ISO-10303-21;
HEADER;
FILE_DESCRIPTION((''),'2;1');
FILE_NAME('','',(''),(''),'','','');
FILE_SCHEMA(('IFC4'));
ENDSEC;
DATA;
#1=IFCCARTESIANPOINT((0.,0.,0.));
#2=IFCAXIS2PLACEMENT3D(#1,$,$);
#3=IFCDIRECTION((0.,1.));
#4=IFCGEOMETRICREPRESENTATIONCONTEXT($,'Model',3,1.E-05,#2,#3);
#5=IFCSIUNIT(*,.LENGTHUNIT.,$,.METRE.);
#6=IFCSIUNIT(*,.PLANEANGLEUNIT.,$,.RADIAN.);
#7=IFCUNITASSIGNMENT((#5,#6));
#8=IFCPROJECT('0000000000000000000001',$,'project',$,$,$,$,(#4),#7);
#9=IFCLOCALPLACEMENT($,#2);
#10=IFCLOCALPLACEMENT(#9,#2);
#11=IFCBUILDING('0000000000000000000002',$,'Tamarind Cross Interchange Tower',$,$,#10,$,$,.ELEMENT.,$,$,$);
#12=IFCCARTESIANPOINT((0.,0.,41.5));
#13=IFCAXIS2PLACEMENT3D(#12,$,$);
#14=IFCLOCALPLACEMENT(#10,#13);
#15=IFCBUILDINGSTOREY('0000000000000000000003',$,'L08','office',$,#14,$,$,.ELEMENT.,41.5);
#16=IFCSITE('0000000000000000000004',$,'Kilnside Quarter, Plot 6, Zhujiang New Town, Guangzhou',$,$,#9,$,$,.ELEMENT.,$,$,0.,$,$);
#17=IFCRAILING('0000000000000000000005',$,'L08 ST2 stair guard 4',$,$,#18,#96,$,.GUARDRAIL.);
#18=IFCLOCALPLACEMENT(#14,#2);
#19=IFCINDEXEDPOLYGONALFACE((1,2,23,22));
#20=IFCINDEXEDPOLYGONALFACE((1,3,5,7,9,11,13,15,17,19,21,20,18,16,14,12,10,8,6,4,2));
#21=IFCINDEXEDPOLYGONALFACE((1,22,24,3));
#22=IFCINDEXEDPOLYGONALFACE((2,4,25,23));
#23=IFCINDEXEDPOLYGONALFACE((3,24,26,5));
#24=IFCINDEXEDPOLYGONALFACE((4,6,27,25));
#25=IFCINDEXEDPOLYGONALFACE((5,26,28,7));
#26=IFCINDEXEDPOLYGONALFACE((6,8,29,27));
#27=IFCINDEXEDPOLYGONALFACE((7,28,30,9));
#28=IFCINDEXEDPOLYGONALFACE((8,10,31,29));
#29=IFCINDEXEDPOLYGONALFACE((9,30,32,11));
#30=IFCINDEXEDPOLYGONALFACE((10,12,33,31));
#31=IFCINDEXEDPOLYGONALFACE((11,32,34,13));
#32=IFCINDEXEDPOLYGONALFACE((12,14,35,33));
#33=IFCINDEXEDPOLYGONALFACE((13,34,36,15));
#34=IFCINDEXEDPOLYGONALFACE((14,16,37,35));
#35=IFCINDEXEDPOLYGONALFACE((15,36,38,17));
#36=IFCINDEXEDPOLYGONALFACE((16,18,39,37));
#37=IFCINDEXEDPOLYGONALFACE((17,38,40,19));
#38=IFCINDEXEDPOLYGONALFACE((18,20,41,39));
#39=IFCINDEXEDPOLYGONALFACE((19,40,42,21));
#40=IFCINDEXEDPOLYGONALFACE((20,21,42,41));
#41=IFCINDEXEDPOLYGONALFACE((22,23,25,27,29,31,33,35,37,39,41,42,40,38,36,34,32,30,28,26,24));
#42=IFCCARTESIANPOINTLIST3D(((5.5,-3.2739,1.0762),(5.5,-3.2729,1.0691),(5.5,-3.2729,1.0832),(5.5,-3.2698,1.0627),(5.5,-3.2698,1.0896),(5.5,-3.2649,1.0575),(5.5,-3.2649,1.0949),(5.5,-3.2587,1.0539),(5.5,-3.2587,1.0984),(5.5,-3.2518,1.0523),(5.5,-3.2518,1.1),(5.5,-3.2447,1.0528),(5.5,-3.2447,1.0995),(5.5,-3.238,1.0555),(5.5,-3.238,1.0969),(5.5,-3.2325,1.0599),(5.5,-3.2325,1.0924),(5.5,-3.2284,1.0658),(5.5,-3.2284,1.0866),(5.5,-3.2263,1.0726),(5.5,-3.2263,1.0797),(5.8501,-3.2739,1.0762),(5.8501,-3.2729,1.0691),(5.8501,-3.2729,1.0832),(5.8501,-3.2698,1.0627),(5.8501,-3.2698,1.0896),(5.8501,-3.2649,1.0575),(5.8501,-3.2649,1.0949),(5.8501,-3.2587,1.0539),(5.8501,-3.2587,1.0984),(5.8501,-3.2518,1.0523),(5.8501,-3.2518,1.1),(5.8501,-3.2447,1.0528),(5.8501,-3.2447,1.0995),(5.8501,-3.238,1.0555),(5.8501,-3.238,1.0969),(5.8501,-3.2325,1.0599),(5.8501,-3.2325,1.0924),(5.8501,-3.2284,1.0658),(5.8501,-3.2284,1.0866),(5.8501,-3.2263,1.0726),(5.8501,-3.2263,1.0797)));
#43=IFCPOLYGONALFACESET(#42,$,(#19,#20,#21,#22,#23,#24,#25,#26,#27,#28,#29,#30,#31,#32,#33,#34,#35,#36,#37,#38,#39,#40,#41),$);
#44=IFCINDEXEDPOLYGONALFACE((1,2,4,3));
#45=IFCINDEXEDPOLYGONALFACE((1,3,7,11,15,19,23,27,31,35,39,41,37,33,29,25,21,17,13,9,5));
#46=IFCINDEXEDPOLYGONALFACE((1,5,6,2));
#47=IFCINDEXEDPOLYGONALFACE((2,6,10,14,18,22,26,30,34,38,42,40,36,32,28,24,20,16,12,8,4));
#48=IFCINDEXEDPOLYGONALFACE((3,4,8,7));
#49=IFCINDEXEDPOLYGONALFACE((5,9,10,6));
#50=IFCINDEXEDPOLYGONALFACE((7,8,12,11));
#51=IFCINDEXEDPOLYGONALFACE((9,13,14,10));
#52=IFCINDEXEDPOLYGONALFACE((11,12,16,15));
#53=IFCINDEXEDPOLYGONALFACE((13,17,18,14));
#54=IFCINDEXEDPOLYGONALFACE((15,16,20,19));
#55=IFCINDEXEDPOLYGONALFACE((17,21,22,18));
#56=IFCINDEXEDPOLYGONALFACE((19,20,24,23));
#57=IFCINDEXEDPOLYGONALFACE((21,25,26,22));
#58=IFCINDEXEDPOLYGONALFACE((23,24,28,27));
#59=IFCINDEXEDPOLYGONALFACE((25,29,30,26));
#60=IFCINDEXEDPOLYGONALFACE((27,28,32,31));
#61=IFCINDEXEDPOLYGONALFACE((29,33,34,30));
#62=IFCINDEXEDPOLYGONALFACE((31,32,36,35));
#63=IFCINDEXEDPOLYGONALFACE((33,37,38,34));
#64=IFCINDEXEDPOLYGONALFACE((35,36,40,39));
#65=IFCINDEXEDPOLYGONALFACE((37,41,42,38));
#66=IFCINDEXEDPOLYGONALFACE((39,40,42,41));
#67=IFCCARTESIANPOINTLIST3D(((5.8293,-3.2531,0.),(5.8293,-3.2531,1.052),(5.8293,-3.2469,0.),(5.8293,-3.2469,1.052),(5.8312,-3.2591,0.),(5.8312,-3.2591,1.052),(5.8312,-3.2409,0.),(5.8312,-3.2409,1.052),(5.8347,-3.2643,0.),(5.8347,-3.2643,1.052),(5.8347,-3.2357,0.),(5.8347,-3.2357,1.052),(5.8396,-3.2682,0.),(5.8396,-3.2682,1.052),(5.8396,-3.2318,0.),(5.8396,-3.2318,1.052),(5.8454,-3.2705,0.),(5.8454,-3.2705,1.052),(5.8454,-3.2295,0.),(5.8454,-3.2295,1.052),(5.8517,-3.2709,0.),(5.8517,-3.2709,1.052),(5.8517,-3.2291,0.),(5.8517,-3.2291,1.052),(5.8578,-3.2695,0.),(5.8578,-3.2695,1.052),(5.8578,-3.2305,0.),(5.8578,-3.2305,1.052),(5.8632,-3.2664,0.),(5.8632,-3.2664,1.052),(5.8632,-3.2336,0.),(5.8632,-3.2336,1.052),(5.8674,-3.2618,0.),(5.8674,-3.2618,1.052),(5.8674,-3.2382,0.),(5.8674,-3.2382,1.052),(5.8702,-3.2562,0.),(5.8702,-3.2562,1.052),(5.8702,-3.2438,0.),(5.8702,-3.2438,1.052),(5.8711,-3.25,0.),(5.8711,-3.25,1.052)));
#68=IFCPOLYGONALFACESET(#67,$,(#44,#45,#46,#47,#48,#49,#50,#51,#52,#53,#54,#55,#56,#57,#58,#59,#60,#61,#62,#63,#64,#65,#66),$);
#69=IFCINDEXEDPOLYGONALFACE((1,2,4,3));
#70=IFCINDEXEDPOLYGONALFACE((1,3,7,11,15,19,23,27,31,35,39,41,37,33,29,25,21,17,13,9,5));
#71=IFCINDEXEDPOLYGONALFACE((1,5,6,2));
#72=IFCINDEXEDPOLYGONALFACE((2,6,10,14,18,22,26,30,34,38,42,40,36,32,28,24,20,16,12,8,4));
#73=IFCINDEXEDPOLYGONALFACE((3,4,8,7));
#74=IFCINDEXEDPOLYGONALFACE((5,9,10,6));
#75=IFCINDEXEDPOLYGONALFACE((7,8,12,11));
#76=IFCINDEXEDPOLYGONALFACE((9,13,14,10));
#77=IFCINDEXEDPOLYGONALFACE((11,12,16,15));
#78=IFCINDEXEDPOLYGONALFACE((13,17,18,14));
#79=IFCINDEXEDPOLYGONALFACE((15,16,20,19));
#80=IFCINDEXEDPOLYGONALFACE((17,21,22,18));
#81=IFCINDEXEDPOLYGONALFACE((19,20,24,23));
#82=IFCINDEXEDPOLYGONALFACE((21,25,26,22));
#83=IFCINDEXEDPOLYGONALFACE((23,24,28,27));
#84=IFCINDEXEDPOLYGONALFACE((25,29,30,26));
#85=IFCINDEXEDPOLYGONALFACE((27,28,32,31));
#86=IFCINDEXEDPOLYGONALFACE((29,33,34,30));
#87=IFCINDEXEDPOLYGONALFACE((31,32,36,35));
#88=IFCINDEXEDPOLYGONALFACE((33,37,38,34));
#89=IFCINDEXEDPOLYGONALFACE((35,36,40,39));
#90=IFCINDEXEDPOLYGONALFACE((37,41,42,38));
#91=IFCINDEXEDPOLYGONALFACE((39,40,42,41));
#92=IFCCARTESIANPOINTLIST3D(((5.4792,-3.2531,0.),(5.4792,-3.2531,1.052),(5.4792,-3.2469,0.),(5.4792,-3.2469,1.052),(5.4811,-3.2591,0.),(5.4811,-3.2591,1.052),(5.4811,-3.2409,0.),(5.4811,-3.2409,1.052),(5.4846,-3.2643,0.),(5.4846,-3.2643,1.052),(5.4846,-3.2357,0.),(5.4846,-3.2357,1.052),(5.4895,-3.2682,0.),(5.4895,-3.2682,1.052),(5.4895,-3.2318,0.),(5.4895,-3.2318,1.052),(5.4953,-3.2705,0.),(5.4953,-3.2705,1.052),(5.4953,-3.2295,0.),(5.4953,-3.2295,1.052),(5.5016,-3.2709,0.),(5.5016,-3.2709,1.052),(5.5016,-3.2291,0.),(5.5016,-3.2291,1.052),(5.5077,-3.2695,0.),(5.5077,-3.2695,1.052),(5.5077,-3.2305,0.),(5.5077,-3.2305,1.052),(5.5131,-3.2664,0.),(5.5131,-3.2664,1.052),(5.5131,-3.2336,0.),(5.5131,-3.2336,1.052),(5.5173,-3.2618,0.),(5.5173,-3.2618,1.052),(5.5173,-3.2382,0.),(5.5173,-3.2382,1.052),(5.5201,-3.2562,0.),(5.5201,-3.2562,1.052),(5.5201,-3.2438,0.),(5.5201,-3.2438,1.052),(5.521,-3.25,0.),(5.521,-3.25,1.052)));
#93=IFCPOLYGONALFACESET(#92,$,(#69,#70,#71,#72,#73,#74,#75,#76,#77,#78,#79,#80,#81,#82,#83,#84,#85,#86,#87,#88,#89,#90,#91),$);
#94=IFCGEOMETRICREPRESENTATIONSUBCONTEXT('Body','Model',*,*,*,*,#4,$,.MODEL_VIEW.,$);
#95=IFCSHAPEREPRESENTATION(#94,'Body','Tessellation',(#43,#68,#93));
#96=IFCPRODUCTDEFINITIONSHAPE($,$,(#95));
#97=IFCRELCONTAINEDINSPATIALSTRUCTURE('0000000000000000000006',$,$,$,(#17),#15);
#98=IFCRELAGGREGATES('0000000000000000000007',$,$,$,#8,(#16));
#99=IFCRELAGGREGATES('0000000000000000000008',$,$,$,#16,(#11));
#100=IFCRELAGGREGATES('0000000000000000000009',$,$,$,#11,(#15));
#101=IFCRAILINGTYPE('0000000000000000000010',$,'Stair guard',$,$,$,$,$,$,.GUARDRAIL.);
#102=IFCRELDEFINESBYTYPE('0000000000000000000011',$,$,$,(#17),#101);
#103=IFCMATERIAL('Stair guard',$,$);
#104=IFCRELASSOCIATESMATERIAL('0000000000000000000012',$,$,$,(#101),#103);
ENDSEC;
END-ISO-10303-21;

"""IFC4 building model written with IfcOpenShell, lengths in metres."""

from ifc_helpers import new_model, si_unit, direction, frame, origin, origin_2d, place, context, subcontext, project, spatial, circle, extrude, material, type_object, element, save


model = new_model("IFC4")

# Units and contexts
model_context = context("Model", 3, precision=1e-05, world=origin(), true_north=direction((0.0, 1.0)))
body_context = subcontext(model_context, "Body", "Model", "MODEL_VIEW")
ifc_project = project(units=[si_unit("LENGTHUNIT", "METRE"), si_unit("PLANEANGLEUNIT", "RADIAN")], contexts=[model_context])

# Site, building, storey
site_placement = place(None, origin())
site = spatial("IfcSite", under=ifc_project, at=site_placement, Name="Kilnside Quarter, Plot 6, Zhujiang New Town, Guangzhou", CompositionType="ELEMENT", RefElevation=0.0)
building_placement = place(site_placement, origin())
building = spatial("IfcBuilding", under=site, at=building_placement, Name="Tamarind Cross Interchange Tower", CompositionType="ELEMENT")
storey_placement = place(building_placement, frame((0.0, 0.0, 41.5)))
storey = spatial("IfcBuildingStorey", under=building, at=storey_placement, Name="L08", Description="office", CompositionType="ELEMENT", Elevation=41.5)

# Railing
ifc_material_1 = material(Name="Stair guard")
railing_type_1 = type_object("IfcRailingType", Name="Stair guard", PredefinedType="GUARDRAIL", material=ifc_material_1)
railing_1_placement = place(storey_placement, frame((5.8501, -3.25, 0.0)))
element("IfcRailing", 1, at=railing_1_placement, inside=storey, type_object=railing_type_1, Name="L08 ST2 stair guard 4", PredefinedType="GUARDRAIL", context=body_context, shape_type="SweptSolid", body=[
    extrude(circle(Radius=0.0239, at=origin_2d()), frame((0.0, 0.0, 1.0762), z_axis=(-1.0, 0.0, 0.0), x_axis=(0.0, -1.0, 0.0)), (0.0, 0.0, 1.0), 0.3501),
    extrude(circle(Radius=0.021, at=origin_2d()), origin(), (0.0, 0.0, 1.0), 1.052),
    extrude(circle(Radius=0.021, at=origin_2d()), frame((-0.3501, 0.0, 0.0)), (0.0, 0.0, 1.0), 1.052),
])

save(model, "model.ifc")
